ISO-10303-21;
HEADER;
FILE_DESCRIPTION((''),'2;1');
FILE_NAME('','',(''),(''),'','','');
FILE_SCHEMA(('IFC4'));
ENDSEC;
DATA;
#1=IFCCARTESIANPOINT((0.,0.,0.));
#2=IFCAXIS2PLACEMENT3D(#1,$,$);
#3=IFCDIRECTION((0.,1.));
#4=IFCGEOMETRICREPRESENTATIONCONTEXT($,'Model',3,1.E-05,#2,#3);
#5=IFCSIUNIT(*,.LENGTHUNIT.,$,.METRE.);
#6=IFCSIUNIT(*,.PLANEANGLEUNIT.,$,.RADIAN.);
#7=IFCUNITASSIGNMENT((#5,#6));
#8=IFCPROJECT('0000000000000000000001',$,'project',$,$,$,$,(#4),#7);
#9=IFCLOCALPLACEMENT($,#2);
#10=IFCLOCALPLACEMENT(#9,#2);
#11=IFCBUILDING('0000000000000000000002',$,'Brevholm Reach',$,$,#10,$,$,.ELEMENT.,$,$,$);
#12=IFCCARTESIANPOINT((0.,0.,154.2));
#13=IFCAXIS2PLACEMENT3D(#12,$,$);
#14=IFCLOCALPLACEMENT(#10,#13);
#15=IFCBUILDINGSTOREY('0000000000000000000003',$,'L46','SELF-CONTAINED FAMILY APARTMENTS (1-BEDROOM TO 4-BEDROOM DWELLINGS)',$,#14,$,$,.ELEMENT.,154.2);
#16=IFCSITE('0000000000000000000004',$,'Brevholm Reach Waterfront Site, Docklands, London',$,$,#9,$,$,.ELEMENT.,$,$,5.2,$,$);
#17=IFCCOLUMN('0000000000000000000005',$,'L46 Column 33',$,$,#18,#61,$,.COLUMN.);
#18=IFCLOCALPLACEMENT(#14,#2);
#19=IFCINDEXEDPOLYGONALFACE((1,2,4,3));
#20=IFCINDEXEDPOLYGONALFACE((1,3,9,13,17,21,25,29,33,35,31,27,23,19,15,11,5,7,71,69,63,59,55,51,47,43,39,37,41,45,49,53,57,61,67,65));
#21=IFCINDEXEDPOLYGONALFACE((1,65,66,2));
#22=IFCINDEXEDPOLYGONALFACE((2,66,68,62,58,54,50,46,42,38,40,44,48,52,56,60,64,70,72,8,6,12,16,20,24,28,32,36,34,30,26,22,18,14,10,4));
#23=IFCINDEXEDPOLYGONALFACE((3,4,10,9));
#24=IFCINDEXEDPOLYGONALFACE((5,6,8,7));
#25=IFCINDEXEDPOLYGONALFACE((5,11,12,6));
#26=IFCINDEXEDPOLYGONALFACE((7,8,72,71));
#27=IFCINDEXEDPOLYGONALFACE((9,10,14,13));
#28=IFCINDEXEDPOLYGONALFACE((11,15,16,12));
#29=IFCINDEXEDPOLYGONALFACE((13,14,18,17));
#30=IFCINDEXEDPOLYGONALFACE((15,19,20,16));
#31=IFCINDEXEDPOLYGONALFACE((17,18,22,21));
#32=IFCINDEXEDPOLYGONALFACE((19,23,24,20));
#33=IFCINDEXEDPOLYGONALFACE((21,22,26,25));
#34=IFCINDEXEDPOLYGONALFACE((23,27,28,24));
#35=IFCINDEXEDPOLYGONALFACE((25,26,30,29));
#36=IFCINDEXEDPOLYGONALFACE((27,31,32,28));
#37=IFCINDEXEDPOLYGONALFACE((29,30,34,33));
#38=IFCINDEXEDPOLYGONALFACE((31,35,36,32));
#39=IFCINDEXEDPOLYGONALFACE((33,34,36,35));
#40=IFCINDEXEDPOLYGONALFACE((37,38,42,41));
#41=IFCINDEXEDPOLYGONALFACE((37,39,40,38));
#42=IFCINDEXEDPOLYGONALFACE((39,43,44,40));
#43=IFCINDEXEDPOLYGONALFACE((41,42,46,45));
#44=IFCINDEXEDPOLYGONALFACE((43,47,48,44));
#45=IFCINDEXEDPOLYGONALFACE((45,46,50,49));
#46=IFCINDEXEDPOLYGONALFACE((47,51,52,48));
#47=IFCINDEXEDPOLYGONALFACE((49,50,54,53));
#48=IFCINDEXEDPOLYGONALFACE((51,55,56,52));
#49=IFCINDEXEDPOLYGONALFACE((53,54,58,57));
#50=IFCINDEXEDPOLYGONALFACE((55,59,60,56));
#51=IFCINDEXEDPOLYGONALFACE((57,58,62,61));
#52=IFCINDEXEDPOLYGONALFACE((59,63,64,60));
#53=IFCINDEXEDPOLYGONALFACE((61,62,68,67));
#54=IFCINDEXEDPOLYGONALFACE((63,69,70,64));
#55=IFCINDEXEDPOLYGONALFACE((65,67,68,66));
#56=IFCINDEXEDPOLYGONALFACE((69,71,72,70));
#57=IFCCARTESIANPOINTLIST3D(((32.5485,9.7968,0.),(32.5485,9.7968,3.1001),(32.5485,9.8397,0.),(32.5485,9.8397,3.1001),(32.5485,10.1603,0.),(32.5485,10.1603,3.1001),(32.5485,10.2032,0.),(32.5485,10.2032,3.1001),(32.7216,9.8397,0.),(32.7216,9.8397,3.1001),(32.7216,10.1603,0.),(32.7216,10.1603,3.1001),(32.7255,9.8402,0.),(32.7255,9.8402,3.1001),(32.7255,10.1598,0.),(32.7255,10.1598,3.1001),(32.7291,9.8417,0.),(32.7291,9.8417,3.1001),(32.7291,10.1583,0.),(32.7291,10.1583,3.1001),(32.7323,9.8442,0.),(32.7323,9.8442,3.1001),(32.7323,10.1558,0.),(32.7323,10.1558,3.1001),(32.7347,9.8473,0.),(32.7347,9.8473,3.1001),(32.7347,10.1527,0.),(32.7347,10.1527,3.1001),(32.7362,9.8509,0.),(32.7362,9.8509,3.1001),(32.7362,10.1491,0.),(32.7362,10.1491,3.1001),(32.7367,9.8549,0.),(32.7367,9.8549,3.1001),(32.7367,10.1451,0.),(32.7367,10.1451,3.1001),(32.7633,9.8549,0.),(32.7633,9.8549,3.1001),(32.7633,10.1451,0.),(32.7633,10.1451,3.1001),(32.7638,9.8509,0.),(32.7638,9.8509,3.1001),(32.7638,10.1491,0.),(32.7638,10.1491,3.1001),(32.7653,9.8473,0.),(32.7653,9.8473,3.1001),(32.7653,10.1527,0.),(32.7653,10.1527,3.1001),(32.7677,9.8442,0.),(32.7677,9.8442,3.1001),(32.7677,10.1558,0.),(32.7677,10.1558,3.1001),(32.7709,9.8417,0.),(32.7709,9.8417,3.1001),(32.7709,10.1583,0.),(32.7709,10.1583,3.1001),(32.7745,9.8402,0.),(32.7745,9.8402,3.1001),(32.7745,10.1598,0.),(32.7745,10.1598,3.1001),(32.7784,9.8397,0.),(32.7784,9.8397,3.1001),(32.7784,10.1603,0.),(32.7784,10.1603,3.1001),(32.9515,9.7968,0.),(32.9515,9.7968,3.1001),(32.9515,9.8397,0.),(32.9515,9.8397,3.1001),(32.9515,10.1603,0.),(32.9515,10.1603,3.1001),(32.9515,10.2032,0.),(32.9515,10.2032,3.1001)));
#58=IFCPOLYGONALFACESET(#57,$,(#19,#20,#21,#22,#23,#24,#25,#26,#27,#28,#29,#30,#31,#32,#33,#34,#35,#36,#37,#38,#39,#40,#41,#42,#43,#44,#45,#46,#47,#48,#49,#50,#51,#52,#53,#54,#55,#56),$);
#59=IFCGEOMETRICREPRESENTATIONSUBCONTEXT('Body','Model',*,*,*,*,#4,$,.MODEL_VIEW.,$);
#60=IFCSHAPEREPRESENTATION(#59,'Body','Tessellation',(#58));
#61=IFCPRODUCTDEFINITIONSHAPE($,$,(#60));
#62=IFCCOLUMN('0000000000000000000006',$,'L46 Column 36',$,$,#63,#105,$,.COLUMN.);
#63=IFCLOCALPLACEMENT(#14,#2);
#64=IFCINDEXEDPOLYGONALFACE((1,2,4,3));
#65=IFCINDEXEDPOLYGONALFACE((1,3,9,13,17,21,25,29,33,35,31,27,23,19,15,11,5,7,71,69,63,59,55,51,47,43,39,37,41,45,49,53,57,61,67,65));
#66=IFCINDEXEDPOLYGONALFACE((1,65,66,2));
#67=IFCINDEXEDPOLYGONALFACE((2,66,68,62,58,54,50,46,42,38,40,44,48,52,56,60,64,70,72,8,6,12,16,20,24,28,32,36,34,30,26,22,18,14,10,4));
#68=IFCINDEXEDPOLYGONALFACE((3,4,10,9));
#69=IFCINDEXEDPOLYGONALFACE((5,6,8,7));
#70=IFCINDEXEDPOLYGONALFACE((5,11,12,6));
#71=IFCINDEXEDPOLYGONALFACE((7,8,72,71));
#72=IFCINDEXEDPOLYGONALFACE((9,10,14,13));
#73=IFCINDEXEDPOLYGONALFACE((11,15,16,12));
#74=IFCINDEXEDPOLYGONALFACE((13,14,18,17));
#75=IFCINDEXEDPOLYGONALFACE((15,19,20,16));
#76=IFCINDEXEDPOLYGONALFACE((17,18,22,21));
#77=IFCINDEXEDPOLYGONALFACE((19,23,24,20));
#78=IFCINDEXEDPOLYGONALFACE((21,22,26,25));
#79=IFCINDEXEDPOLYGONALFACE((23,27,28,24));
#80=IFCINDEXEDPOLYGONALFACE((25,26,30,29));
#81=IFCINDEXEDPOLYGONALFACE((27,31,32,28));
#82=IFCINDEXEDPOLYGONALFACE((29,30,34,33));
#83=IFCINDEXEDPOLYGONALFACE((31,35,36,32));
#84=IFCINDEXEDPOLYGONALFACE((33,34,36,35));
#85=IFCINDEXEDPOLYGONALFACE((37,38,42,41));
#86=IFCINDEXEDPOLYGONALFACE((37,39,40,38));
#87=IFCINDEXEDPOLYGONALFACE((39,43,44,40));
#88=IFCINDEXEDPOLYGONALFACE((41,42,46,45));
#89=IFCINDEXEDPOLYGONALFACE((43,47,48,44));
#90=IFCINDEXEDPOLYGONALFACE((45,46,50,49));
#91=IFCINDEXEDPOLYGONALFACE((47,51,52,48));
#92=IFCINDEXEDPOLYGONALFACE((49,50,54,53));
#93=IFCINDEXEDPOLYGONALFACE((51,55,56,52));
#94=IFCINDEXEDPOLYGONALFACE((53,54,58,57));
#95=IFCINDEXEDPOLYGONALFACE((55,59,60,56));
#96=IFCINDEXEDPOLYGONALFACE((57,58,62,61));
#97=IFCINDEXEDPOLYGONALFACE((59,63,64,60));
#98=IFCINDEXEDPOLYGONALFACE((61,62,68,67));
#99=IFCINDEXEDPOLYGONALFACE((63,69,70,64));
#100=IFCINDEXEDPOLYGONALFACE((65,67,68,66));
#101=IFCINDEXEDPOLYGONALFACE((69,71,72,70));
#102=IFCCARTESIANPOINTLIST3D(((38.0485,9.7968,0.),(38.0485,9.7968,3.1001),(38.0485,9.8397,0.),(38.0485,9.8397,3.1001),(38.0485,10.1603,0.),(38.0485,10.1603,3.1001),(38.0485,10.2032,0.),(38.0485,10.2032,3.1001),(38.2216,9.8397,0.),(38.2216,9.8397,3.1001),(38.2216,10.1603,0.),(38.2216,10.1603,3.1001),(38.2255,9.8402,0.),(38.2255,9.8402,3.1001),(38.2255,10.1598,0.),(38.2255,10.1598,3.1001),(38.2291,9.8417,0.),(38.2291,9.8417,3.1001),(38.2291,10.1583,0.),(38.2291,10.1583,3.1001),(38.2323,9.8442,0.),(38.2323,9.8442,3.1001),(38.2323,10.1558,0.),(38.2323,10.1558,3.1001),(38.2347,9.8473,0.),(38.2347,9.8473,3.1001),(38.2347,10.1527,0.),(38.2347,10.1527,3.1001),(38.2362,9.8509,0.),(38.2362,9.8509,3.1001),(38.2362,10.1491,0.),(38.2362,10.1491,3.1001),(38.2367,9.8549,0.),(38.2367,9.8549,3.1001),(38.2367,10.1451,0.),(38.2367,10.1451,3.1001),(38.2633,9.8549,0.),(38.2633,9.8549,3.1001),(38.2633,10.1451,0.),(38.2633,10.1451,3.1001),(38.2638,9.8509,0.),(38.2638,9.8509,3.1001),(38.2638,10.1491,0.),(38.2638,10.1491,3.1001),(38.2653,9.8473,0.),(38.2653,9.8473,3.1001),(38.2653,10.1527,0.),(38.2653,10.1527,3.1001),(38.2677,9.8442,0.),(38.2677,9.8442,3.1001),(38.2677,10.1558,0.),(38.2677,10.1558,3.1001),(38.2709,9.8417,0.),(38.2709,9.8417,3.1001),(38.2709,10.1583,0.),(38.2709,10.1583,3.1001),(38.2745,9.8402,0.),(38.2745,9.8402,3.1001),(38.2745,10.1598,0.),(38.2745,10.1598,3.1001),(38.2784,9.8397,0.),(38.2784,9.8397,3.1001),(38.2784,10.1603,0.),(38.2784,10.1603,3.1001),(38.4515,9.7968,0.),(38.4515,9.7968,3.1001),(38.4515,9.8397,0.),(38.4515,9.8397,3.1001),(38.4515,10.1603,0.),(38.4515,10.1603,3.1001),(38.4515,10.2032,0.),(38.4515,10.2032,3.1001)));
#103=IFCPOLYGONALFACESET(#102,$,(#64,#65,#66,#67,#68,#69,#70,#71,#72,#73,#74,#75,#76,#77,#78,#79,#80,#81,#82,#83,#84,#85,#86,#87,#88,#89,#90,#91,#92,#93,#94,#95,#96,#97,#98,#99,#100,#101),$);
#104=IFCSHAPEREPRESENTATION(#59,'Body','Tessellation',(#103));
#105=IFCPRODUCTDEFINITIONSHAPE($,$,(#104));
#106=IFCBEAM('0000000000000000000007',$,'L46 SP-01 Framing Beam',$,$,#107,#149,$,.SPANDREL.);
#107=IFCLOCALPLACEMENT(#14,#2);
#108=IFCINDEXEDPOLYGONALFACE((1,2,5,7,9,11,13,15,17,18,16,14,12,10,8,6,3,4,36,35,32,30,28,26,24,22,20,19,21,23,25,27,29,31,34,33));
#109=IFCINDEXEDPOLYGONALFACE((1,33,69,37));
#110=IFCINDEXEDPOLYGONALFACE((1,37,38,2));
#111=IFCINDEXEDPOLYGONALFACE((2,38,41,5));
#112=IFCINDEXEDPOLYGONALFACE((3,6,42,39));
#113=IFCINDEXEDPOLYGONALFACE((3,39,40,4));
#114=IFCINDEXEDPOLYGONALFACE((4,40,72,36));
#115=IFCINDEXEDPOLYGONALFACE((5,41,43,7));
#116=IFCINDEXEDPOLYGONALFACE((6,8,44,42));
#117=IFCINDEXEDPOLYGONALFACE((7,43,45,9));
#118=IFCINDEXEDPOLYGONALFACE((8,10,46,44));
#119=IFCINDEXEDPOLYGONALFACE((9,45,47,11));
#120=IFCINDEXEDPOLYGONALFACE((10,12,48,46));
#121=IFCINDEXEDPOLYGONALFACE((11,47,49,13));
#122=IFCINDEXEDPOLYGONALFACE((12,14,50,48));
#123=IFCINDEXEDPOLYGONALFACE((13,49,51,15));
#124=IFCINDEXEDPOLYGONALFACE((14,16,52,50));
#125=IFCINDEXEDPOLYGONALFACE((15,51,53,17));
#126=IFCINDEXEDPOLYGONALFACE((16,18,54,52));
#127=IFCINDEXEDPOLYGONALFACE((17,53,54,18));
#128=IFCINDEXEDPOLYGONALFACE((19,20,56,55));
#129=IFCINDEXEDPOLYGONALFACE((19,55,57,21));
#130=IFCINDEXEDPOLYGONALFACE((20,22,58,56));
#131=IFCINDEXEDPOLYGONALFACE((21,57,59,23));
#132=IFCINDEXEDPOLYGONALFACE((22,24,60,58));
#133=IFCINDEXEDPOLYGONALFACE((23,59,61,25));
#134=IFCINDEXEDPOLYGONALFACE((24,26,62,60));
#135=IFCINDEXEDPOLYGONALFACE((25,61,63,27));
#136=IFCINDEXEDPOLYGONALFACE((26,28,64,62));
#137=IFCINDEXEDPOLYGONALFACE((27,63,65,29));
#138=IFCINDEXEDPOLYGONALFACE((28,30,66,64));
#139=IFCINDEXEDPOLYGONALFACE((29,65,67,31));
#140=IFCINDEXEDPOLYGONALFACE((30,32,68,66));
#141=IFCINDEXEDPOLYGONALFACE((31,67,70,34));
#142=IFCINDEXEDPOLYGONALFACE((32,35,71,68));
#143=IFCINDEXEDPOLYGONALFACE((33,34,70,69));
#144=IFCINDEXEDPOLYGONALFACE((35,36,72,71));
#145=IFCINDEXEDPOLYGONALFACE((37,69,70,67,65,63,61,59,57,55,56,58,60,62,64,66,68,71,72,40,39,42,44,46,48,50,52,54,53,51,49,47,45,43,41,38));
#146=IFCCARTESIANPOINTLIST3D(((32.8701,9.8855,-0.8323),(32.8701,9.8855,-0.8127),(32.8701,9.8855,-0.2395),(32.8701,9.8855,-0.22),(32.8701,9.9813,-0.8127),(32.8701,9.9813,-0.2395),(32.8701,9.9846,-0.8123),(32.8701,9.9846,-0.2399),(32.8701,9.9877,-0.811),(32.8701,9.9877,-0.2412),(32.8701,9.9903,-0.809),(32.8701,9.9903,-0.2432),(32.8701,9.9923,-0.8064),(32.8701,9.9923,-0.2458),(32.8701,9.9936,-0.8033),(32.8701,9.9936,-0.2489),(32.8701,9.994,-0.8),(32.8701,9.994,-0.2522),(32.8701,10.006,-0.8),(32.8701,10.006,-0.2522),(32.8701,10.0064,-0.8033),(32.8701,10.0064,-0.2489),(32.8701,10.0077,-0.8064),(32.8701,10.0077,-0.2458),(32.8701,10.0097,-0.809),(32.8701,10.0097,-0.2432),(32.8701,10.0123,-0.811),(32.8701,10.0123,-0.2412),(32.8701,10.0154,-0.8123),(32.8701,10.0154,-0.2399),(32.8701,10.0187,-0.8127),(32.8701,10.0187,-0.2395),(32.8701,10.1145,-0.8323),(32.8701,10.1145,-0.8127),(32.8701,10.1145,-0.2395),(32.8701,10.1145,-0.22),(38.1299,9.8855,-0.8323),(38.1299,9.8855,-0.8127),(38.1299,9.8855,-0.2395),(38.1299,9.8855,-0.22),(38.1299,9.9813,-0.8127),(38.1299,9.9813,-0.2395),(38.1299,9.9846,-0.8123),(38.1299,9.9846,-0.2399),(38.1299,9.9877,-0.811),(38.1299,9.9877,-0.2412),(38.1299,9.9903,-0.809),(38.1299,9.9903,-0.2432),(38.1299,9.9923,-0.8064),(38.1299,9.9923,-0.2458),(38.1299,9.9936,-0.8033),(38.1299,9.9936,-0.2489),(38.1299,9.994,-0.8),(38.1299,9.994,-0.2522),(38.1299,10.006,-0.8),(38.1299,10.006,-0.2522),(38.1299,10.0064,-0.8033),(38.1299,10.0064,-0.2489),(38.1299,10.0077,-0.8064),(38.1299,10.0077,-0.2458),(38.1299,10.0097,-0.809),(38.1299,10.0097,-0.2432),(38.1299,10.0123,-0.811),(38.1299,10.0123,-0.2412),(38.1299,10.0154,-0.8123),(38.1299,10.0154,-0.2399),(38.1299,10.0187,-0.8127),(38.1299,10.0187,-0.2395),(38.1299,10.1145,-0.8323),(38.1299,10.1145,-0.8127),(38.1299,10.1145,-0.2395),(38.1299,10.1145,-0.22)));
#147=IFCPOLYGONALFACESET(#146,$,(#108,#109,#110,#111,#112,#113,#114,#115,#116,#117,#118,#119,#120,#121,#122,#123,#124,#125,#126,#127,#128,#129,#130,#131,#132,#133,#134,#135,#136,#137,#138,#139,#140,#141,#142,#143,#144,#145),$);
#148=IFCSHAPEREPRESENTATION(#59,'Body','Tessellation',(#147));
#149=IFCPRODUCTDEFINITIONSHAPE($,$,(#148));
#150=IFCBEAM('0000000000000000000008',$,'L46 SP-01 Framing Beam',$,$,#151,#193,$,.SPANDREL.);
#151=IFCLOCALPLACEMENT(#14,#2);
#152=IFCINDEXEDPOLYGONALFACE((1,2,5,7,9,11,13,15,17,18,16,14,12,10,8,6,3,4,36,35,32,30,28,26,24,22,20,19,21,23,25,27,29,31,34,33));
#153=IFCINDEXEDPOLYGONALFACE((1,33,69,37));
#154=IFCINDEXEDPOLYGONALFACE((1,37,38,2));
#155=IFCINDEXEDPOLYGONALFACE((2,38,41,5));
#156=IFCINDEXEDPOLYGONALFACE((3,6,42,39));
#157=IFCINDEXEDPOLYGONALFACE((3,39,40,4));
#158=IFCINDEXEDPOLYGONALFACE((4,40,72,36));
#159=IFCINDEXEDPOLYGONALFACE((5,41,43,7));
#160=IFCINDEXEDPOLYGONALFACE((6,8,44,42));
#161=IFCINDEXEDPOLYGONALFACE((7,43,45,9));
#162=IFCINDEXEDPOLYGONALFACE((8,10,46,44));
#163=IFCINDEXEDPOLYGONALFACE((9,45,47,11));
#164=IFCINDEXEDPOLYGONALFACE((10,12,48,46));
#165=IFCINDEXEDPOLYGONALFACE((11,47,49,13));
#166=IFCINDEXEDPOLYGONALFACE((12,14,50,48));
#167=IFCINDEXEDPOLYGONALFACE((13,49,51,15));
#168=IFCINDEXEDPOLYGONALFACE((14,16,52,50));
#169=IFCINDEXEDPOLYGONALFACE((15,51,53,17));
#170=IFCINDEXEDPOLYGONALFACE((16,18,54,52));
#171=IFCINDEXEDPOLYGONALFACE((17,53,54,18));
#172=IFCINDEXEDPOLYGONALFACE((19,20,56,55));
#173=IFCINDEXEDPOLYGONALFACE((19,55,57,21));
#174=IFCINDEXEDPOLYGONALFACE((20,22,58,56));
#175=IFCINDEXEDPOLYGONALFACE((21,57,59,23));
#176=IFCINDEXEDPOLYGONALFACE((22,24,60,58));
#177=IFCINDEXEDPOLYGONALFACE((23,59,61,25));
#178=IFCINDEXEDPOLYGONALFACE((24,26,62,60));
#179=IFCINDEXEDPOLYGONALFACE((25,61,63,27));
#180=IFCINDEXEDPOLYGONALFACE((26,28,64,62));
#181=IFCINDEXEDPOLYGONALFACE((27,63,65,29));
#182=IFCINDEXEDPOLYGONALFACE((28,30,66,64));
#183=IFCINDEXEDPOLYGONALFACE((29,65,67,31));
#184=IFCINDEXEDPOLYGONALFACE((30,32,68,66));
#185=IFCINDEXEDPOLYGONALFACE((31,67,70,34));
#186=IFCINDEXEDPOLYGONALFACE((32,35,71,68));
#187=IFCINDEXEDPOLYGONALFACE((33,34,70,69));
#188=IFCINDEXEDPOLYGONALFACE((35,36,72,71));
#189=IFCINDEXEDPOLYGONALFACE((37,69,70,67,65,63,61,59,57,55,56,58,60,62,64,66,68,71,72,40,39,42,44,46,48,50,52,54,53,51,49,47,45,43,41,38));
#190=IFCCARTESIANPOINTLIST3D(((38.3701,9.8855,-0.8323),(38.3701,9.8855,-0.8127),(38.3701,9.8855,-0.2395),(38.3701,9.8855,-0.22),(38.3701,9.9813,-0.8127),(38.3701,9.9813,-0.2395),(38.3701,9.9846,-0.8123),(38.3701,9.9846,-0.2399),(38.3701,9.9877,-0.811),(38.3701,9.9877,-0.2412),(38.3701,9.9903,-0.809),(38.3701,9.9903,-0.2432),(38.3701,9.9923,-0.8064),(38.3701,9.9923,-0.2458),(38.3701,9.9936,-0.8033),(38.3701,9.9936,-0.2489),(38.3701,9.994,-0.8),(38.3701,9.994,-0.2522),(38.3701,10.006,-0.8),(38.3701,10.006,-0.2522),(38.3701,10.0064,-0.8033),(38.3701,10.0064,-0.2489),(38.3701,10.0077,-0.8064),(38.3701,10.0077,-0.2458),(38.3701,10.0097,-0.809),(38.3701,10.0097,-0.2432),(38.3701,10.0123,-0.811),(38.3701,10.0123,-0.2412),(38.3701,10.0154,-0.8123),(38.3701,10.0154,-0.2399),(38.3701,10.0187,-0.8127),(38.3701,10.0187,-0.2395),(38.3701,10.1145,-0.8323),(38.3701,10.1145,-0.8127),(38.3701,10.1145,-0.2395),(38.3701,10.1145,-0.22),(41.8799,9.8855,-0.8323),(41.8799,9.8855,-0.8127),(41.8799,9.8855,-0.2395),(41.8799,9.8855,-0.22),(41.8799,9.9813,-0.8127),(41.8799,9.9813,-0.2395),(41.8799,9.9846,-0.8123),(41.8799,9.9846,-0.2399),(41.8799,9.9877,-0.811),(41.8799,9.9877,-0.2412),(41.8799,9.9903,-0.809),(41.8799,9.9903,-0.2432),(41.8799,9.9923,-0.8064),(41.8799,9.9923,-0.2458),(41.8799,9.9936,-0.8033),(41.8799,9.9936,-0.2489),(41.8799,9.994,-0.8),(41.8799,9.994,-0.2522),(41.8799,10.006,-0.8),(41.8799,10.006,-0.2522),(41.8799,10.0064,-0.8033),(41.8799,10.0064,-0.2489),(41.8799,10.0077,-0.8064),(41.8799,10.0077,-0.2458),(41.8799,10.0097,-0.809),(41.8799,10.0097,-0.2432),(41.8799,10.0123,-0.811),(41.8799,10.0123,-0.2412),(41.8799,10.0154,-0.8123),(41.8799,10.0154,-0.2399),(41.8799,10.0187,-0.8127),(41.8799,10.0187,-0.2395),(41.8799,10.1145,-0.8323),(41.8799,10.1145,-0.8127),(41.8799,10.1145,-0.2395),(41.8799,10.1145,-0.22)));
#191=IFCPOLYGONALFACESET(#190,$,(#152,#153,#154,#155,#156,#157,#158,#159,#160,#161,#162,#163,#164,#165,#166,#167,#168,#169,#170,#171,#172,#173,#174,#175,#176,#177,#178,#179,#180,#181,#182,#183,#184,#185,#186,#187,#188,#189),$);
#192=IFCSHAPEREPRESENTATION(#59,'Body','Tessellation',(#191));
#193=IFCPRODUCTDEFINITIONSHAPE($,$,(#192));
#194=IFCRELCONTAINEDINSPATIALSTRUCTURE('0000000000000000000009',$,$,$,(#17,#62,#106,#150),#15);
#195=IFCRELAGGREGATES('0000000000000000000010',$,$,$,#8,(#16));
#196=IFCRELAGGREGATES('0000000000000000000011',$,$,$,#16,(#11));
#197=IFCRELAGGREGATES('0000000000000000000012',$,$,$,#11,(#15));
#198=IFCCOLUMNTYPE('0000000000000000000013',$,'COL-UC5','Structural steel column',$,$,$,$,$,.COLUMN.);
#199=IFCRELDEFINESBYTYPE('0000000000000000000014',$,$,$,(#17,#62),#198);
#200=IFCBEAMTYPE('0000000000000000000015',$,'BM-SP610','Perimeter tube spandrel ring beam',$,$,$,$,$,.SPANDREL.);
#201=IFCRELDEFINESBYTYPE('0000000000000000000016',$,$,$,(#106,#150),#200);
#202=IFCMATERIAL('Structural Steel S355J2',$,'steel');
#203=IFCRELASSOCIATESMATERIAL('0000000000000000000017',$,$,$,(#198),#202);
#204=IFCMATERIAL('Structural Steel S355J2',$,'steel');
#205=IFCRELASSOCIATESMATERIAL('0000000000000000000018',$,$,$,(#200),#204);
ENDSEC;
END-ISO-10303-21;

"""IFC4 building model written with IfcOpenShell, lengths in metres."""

from ifc_helpers import new_model, si_unit, direction, frame, origin, origin_2d, place, context, subcontext, project, spatial, i_section, extrude, material, material_profile, profile_set, type_object, element, save


model = new_model("IFC4")

# Units and contexts
model_context = context("Model", 3, precision=1e-05, world=origin(), true_north=direction((0.0, 1.0)))
body_context = subcontext(model_context, "Body", "Model", "MODEL_VIEW")
ifc_project = project(units=[si_unit("LENGTHUNIT", "METRE"), si_unit("PLANEANGLEUNIT", "RADIAN")], contexts=[model_context])

# Site, building, storey
site_placement = place(None, origin())
site = spatial("IfcSite", under=ifc_project, at=site_placement, Name="Brevholm Reach Waterfront Site, Docklands, London", CompositionType="ELEMENT", RefElevation=5.2)
building_placement = place(site_placement, origin())
building = spatial("IfcBuilding", under=site, at=building_placement, Name="Brevholm Reach", CompositionType="ELEMENT")
storey_placement = place(building_placement, frame((0.0, 0.0, 154.2)))
storey = spatial("IfcBuildingStorey", under=building, at=storey_placement, Name="L46", Description="SELF-CONTAINED FAMILY APARTMENTS (1-BEDROOM TO 4-BEDROOM DWELLINGS)", CompositionType="ELEMENT", Elevation=154.2)

# Columns
ifc_material_1 = material(Name="Structural Steel S355J2", Category="steel")
ifc_material_profile_1 = material_profile(ifc_material_1, i_section(OverallWidth=0.4031, OverallDepth=0.4065, WebThickness=0.0266, FlangeThickness=0.043, FilletRadius=0.0151, at=origin_2d()), Name="UKC 356x406x340")
ifc_profile_set_1 = profile_set([ifc_material_profile_1], Name="Structural Steel S355J2")
column_type = type_object("IfcColumnType", Name="COL-UC5", Description="Structural steel column", PredefinedType="COLUMN", material=ifc_profile_set_1)
for number, where, z_axis, x_axis, name in (
    (1, (32.75, 10.0, 0.0), (0.0, 0.0, 1.0), (1.0, 0.0, 0.0), "L46 Column 33"),
    (2, (38.25, 10.0, 0.0), (0.0, 0.0, 1.0), (1.0, 0.0, 0.0), "L46 Column 36"),
):
    element("IfcColumn", number, at=place(storey_placement, frame(where, z_axis=z_axis, x_axis=x_axis)), inside=storey, type_object=column_type, Name=name, PredefinedType="COLUMN", context=body_context, shape_type="SweptSolid", body=[
        extrude(i_section(OverallWidth=0.4031, OverallDepth=0.4065, WebThickness=0.0266, FlangeThickness=0.043, FilletRadius=0.0151, at=origin_2d()), origin(), (0.0, 0.0, 1.0), 3.1001),
    ])

# Beams
ifc_material_2 = material(Name="Structural Steel S355J2", Category="steel")
ifc_material_profile_2 = material_profile(ifc_material_2, i_section(OverallWidth=0.229, OverallDepth=0.6123, WebThickness=0.012, FlangeThickness=0.0195, FilletRadius=0.0127, at=origin_2d()), Name="UKB 610x229x125")
ifc_profile_set_2 = profile_set([ifc_material_profile_2], Name="Structural Steel S355J2")
beam_type = type_object("IfcBeamType", Name="BM-SP610", Description="Perimeter tube spandrel ring beam", PredefinedType="SPANDREL", material=ifc_profile_set_2)
beam_1_placement = place(storey_placement, frame((32.8701, 10.0, -0.5261), z_axis=(1.0, 0.0, 0.0), x_axis=(0.0, 1.0, 0.0)))
element("IfcBeam", 3, at=beam_1_placement, inside=storey, type_object=beam_type, Name="L46 SP-01 Framing Beam", PredefinedType="SPANDREL", context=body_context, shape_type="SweptSolid", body=[
    extrude(i_section(OverallWidth=0.229, OverallDepth=0.6123, WebThickness=0.012, FlangeThickness=0.0195, FilletRadius=0.0127, at=origin_2d()), origin(), (0.0, 0.0, 1.0), 5.2598),
])
beam_2_placement = place(storey_placement, frame((38.3701, 10.0, -0.5261), z_axis=(1.0, 0.0, 0.0), x_axis=(0.0, 1.0, 0.0)))
element("IfcBeam", 4, at=beam_2_placement, inside=storey, type_object=beam_type, Name="L46 SP-01 Framing Beam", PredefinedType="SPANDREL", context=body_context, shape_type="SweptSolid", body=[
    extrude(i_section(OverallWidth=0.229, OverallDepth=0.6123, WebThickness=0.012, FlangeThickness=0.0195, FilletRadius=0.0127, at=origin_2d()), origin(), (0.0, 0.0, 1.0), 3.5098),
])

save(model, "model.ifc")
